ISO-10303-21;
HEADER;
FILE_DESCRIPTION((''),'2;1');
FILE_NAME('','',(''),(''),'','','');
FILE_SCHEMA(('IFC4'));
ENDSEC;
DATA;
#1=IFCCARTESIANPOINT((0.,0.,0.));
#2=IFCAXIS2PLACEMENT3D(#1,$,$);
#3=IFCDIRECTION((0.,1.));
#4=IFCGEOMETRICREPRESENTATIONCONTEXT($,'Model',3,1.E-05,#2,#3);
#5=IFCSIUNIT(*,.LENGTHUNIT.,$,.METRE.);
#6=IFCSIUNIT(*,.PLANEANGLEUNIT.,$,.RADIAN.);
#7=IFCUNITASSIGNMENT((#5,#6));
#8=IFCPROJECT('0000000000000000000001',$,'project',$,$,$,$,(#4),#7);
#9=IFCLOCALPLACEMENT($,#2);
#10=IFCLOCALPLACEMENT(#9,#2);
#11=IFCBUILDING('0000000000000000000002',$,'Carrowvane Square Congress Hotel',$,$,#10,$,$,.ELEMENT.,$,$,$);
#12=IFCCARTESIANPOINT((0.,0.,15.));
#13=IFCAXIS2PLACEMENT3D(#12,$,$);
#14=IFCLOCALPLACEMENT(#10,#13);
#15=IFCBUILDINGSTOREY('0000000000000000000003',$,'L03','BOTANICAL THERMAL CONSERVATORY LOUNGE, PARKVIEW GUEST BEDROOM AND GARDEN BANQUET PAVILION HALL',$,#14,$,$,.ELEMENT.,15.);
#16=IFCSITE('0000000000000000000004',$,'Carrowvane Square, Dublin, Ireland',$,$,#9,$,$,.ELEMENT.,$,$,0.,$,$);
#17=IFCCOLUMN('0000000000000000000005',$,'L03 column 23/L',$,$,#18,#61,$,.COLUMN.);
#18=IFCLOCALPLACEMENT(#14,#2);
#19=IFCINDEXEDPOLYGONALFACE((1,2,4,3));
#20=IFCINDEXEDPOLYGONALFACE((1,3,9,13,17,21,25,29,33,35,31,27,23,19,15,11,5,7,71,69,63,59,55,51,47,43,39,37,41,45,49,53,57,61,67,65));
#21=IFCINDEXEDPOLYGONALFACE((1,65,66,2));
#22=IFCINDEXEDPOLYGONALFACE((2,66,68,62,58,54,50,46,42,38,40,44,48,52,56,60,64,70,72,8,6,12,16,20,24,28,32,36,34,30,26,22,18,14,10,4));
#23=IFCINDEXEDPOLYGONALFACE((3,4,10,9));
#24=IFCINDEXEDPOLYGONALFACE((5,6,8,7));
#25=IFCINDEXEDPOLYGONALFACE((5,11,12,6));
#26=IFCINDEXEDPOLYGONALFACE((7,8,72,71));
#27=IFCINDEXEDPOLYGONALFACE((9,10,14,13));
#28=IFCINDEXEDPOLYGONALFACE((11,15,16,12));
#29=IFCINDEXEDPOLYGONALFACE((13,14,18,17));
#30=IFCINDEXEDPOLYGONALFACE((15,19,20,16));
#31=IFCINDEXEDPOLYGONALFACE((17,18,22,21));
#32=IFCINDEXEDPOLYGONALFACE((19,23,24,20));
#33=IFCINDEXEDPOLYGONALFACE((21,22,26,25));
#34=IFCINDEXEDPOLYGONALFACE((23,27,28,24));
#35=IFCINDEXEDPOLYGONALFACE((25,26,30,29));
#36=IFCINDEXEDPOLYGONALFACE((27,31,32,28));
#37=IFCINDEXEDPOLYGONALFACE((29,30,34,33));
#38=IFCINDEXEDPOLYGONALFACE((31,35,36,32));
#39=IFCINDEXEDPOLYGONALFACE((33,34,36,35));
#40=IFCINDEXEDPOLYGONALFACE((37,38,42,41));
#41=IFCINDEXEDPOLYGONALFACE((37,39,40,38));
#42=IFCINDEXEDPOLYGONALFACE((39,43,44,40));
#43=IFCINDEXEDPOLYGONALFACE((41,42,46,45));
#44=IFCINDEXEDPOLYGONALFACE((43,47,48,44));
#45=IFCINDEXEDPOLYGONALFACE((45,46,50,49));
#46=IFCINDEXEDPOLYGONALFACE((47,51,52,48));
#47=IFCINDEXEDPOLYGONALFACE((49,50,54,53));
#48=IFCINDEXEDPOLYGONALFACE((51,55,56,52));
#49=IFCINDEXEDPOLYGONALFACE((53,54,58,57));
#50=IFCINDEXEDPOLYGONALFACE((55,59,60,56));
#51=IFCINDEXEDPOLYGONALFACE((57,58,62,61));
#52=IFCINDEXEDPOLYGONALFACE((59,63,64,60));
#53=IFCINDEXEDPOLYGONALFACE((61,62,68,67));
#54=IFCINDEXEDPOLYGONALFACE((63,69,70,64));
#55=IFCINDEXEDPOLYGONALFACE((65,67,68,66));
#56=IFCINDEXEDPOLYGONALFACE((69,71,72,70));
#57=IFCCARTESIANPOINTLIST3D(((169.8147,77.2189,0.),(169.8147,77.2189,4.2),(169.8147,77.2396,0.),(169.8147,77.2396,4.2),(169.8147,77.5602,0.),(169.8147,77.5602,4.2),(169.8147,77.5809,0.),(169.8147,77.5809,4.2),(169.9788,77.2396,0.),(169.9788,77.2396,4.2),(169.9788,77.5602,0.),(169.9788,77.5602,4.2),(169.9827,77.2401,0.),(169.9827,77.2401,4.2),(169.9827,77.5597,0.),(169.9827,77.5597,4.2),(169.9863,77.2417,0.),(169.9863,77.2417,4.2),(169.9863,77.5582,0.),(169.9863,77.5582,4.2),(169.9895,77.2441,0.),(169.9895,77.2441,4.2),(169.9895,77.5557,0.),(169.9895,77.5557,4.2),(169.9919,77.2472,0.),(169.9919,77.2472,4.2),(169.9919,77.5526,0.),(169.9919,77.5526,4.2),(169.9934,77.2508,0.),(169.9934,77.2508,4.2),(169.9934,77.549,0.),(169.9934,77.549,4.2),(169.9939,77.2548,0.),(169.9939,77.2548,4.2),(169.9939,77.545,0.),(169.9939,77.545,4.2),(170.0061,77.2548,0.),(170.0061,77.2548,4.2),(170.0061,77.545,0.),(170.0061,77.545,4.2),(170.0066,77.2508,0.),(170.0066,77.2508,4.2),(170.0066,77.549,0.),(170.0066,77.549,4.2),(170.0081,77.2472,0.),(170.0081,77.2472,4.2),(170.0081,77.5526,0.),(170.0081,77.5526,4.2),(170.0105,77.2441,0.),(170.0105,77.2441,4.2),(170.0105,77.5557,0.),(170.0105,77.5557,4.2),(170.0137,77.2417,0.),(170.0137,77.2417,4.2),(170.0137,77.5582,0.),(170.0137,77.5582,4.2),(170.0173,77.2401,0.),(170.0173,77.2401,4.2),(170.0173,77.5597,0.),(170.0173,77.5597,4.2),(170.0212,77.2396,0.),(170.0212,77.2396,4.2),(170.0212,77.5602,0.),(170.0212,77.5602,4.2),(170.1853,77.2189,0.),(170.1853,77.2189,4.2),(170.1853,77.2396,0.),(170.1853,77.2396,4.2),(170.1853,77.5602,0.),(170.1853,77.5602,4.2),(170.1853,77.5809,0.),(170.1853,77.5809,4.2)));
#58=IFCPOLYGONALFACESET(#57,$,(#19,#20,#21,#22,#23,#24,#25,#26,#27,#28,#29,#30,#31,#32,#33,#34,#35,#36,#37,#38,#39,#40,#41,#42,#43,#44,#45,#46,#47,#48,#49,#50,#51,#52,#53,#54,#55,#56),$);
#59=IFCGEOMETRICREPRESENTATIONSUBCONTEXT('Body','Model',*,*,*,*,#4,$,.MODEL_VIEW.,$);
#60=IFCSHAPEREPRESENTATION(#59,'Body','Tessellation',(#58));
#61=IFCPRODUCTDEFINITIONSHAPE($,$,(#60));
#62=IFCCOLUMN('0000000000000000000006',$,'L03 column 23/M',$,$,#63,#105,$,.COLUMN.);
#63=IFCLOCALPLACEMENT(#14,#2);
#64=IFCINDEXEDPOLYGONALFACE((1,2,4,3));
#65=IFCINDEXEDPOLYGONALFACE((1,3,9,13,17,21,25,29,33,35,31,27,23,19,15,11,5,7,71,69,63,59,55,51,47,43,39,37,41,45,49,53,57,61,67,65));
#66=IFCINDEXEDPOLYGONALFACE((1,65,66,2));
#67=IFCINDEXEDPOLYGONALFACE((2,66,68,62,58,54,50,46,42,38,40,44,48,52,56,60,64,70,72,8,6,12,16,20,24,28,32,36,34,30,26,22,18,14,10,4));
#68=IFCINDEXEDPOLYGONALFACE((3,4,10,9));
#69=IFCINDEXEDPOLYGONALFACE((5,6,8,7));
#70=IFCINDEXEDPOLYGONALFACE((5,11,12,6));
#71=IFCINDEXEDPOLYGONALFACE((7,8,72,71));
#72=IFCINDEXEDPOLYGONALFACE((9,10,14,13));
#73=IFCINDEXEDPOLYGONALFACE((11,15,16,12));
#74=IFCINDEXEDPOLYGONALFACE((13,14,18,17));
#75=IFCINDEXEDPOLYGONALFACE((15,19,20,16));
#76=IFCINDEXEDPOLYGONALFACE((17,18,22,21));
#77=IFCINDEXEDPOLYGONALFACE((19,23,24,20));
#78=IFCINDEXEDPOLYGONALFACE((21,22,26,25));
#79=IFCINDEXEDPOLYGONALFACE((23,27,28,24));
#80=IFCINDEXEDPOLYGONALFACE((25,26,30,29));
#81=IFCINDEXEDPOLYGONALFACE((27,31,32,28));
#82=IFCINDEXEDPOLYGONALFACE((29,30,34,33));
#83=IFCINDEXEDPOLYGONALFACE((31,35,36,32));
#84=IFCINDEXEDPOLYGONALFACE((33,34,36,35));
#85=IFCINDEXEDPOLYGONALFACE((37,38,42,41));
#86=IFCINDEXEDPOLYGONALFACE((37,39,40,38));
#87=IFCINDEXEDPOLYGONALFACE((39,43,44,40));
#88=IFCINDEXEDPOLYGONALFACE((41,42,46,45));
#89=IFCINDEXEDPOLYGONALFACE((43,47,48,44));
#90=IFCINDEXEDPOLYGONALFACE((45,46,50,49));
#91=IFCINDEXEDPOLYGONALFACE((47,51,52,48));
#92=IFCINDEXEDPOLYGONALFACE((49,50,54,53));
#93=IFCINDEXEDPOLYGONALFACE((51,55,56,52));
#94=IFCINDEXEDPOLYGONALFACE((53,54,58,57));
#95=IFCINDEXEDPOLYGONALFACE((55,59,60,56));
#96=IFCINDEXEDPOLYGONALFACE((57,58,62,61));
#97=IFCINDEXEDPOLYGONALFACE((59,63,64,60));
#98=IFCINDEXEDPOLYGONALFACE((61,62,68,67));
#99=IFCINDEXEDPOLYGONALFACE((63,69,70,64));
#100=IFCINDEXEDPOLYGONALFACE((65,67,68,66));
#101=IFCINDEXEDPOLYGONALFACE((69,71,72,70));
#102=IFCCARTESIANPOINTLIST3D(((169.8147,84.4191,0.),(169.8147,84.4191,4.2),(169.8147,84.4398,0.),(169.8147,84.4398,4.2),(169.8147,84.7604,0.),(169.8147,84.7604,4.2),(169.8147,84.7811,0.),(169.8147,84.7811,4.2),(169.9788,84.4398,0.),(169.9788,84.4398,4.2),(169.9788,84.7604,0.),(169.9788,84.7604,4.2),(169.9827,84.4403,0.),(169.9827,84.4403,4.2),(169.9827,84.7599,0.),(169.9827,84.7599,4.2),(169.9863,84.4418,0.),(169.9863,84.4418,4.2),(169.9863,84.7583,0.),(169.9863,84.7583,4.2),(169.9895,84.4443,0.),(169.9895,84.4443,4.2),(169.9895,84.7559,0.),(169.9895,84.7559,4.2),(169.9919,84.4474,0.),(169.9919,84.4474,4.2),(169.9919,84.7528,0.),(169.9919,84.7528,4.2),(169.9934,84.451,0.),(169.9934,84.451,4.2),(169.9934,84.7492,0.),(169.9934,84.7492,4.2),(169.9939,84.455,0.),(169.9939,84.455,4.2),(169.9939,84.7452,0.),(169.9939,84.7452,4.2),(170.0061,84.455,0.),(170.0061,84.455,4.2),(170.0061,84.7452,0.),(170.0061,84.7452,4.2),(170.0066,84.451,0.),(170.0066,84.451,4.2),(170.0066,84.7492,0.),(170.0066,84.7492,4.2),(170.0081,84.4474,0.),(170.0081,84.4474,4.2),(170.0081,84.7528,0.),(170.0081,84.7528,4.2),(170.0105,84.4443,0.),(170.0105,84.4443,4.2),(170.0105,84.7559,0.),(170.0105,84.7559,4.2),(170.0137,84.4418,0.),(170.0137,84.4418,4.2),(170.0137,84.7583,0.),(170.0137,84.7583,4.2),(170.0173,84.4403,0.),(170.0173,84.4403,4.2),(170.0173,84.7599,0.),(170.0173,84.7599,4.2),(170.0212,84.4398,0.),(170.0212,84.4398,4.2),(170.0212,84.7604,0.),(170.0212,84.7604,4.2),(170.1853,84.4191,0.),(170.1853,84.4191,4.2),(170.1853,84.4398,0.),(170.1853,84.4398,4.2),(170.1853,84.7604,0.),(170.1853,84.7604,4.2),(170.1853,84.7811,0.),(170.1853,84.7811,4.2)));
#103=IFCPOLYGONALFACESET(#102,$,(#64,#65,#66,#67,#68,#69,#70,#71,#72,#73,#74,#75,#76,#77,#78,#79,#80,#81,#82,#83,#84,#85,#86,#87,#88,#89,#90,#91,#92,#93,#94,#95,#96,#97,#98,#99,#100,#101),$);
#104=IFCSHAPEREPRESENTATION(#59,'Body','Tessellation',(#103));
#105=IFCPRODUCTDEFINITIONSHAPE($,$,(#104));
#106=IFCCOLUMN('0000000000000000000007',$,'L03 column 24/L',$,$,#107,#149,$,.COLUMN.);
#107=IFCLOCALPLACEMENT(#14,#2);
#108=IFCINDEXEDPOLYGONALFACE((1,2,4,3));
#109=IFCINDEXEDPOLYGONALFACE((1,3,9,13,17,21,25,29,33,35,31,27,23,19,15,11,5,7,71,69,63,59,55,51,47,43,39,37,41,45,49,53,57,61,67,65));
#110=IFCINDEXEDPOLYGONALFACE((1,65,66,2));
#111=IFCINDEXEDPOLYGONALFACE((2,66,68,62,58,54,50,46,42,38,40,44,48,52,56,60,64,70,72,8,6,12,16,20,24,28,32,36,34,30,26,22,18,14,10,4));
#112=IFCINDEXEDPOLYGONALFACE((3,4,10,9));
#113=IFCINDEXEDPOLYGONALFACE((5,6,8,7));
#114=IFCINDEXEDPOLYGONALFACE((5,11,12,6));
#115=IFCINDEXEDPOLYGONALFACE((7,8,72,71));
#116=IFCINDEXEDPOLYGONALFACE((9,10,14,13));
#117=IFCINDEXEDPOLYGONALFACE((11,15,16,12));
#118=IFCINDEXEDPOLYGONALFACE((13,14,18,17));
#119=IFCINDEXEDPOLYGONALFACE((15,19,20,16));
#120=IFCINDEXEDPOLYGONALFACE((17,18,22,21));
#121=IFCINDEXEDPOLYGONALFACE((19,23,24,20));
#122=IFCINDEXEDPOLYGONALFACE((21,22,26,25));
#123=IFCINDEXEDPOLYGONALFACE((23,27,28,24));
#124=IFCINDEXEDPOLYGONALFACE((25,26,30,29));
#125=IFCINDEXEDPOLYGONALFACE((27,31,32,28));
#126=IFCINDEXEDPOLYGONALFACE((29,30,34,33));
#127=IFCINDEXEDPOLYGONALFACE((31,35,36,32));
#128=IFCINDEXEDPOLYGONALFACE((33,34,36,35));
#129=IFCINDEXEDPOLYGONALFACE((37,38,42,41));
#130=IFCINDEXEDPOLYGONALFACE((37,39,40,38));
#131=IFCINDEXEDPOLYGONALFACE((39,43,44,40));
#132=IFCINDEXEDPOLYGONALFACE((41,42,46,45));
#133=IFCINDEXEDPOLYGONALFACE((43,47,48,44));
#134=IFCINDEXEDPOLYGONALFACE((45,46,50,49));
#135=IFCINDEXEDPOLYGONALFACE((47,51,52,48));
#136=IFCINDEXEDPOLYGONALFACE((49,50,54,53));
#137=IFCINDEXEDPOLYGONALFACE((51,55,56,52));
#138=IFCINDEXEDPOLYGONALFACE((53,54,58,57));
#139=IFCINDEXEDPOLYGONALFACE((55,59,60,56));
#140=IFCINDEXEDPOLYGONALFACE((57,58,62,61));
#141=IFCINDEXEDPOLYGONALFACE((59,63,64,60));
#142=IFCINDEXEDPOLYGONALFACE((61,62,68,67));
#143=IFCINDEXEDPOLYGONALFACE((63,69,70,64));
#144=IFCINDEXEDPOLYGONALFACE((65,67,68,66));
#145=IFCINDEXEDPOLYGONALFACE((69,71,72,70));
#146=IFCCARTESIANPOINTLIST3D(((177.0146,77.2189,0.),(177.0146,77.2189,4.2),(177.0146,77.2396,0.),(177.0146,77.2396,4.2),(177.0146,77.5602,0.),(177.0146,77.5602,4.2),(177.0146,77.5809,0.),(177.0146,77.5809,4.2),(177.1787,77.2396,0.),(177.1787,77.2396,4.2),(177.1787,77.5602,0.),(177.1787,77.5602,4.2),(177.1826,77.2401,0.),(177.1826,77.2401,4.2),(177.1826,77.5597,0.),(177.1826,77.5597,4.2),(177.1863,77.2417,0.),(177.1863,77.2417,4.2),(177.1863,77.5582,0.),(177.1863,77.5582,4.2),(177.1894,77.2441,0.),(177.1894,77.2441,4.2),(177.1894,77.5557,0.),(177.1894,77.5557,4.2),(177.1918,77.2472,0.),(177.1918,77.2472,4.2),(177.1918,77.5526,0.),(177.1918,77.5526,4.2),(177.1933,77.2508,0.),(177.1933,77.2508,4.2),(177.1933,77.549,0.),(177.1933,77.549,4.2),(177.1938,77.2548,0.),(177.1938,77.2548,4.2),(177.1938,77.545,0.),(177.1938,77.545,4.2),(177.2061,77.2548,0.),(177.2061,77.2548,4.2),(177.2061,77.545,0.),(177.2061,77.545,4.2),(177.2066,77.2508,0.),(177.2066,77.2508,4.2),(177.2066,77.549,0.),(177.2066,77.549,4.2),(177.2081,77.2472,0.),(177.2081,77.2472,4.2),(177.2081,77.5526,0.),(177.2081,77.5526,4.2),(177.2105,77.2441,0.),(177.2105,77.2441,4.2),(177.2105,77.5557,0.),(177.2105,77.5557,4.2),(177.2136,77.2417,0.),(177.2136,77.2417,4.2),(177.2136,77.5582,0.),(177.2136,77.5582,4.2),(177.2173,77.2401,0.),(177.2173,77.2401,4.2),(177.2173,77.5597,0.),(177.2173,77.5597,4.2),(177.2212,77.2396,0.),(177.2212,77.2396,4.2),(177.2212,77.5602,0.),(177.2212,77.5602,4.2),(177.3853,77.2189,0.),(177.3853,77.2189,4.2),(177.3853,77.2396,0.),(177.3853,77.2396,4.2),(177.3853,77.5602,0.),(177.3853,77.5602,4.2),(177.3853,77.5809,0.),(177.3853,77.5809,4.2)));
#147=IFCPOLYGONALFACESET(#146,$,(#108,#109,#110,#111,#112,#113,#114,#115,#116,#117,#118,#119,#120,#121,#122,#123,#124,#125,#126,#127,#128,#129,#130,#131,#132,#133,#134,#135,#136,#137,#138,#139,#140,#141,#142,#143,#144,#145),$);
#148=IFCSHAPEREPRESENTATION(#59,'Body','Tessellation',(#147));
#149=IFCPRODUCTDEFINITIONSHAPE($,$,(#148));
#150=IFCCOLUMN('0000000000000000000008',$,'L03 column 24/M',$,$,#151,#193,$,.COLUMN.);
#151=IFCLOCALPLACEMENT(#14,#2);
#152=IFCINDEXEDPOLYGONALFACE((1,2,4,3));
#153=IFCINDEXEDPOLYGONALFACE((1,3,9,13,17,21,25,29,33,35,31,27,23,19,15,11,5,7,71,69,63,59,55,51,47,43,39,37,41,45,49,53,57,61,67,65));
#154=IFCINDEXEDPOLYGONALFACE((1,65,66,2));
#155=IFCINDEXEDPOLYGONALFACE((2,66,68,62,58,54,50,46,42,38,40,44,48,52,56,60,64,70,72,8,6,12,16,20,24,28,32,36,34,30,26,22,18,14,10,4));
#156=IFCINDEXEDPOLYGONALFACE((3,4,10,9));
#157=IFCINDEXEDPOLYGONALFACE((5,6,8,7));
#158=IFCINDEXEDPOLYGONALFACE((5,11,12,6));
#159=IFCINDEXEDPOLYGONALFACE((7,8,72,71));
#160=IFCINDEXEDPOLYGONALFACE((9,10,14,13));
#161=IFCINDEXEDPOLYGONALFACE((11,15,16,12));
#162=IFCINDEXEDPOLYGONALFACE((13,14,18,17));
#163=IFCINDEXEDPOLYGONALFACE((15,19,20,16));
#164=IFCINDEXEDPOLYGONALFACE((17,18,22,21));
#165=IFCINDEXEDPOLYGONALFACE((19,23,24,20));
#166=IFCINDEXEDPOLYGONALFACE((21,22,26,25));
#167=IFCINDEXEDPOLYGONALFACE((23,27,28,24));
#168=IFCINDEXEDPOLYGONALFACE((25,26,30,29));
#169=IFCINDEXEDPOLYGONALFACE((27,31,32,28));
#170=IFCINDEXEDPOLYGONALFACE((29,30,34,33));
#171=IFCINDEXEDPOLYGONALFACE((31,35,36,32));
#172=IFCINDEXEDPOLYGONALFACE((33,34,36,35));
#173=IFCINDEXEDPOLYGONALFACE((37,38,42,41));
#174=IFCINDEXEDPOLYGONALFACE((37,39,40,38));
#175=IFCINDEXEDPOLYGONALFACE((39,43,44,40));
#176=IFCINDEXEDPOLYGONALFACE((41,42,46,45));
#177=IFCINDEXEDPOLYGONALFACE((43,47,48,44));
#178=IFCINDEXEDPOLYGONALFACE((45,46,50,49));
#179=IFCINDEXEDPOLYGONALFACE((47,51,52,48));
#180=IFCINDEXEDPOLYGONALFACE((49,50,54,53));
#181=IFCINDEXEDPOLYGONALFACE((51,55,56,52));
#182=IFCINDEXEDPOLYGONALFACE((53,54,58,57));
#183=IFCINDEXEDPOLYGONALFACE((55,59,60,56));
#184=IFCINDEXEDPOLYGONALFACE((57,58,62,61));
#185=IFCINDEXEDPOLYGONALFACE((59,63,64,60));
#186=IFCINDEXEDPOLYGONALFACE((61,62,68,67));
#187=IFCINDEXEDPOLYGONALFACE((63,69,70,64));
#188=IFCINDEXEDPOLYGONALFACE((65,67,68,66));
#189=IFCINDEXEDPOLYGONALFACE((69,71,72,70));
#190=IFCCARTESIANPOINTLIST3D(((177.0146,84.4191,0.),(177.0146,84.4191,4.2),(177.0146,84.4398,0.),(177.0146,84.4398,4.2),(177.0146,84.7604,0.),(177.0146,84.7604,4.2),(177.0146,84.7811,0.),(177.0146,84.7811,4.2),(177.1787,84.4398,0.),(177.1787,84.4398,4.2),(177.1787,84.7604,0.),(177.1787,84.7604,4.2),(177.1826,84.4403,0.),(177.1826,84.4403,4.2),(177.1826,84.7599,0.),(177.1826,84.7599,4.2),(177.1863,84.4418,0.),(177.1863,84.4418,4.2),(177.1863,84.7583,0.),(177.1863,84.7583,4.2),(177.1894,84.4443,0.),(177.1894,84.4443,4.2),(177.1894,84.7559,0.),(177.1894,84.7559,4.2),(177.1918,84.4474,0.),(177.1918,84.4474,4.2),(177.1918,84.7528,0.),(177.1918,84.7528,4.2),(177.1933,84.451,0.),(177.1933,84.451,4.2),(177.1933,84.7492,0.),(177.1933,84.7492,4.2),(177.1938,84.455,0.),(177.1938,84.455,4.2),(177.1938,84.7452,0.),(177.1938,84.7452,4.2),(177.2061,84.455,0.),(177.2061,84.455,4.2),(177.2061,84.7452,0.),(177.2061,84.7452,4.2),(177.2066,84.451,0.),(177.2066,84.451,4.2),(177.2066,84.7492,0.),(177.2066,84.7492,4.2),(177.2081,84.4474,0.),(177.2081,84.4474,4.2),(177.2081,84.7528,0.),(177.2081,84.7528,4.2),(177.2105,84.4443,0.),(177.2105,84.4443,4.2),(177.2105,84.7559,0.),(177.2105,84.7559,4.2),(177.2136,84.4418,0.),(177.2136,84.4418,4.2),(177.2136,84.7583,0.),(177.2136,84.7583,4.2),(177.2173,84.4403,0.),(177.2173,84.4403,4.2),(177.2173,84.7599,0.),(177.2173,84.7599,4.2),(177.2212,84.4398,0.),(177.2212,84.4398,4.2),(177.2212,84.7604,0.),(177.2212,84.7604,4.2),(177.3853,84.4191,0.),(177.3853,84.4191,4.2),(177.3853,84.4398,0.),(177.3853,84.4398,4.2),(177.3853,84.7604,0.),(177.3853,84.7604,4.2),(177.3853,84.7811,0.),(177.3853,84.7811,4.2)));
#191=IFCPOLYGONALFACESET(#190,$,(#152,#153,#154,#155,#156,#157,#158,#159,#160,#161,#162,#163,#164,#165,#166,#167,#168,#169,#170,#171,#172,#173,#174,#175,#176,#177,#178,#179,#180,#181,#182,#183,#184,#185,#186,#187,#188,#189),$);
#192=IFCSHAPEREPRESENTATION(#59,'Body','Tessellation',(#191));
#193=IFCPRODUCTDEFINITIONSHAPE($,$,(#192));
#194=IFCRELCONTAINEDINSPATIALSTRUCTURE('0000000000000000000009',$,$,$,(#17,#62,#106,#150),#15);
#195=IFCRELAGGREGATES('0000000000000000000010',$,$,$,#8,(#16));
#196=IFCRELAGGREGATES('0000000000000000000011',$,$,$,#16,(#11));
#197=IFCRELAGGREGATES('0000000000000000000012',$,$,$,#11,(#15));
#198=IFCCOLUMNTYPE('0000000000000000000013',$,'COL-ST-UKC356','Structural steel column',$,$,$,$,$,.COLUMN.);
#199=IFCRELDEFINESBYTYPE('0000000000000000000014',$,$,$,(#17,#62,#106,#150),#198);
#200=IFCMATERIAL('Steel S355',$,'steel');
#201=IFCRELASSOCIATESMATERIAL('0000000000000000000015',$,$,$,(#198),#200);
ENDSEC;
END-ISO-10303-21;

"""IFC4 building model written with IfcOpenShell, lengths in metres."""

from ifc_helpers import new_model, si_unit, direction, frame, origin, origin_2d, place, context, subcontext, project, spatial, i_section, extrude, material, material_profile, profile_set, type_object, element, save


model = new_model("IFC4")

# Units and contexts
model_context = context("Model", 3, precision=1e-05, world=origin(), true_north=direction((0.0, 1.0)))
body_context = subcontext(model_context, "Body", "Model", "MODEL_VIEW")
ifc_project = project(units=[si_unit("LENGTHUNIT", "METRE"), si_unit("PLANEANGLEUNIT", "RADIAN")], contexts=[model_context])

# Site, building, storey
site_placement = place(None, origin())
site = spatial("IfcSite", under=ifc_project, at=site_placement, Name="Carrowvane Square, Dublin, Ireland", CompositionType="ELEMENT", RefElevation=0.0)
building_placement = place(site_placement, origin())
building = spatial("IfcBuilding", under=site, at=building_placement, Name="Carrowvane Square Congress Hotel", CompositionType="ELEMENT")
storey_placement = place(building_placement, frame((0.0, 0.0, 15.0)))
storey = spatial("IfcBuildingStorey", under=building, at=storey_placement, Name="L03", Description="BOTANICAL THERMAL CONSERVATORY LOUNGE, PARKVIEW GUEST BEDROOM AND GARDEN BANQUET PAVILION HALL", CompositionType="ELEMENT", Elevation=15.0)

# Columns
ifc_material_1 = material(Name="Steel S355", Category="steel")
ifc_material_profile_1 = material_profile(ifc_material_1, i_section(OverallWidth=0.3706, OverallDepth=0.3621, WebThickness=0.0122, FlangeThickness=0.0208, FilletRadius=0.0151, at=origin_2d()), Name="UKC 356x368x153")
ifc_profile_set_1 = profile_set([ifc_material_profile_1], Name="Steel S355")
column_type = type_object("IfcColumnType", Name="COL-ST-UKC356", Description="Structural steel column", PredefinedType="COLUMN", material=ifc_profile_set_1)
for number, where, z_axis, x_axis, name in (
    (1, (170.0, 77.3999, 0.0), (0.0, 0.0, 1.0), (1.0, 0.0, 0.0), "L03 column 23/L"),
    (2, (170.0, 84.6001, 0.0), (0.0, 0.0, 1.0), (1.0, 0.0, 0.0), "L03 column 23/M"),
    (3, (177.2, 77.3999, 0.0), (0.0, 0.0, 1.0), (1.0, 0.0, 0.0), "L03 column 24/L"),
    (4, (177.2, 84.6001, 0.0), (0.0, 0.0, 1.0), (1.0, 0.0, 0.0), "L03 column 24/M"),
):
    element("IfcColumn", number, at=place(storey_placement, frame(where, z_axis=z_axis, x_axis=x_axis)), inside=storey, type_object=column_type, Name=name, PredefinedType="COLUMN", context=body_context, shape_type="SweptSolid", body=[
        extrude(i_section(OverallWidth=0.3706, OverallDepth=0.3621, WebThickness=0.0122, FlangeThickness=0.0208, FilletRadius=0.0151, at=origin_2d()), origin(), (0.0, 0.0, 1.0), 4.2),
    ])

save(model, "model.ifc")
